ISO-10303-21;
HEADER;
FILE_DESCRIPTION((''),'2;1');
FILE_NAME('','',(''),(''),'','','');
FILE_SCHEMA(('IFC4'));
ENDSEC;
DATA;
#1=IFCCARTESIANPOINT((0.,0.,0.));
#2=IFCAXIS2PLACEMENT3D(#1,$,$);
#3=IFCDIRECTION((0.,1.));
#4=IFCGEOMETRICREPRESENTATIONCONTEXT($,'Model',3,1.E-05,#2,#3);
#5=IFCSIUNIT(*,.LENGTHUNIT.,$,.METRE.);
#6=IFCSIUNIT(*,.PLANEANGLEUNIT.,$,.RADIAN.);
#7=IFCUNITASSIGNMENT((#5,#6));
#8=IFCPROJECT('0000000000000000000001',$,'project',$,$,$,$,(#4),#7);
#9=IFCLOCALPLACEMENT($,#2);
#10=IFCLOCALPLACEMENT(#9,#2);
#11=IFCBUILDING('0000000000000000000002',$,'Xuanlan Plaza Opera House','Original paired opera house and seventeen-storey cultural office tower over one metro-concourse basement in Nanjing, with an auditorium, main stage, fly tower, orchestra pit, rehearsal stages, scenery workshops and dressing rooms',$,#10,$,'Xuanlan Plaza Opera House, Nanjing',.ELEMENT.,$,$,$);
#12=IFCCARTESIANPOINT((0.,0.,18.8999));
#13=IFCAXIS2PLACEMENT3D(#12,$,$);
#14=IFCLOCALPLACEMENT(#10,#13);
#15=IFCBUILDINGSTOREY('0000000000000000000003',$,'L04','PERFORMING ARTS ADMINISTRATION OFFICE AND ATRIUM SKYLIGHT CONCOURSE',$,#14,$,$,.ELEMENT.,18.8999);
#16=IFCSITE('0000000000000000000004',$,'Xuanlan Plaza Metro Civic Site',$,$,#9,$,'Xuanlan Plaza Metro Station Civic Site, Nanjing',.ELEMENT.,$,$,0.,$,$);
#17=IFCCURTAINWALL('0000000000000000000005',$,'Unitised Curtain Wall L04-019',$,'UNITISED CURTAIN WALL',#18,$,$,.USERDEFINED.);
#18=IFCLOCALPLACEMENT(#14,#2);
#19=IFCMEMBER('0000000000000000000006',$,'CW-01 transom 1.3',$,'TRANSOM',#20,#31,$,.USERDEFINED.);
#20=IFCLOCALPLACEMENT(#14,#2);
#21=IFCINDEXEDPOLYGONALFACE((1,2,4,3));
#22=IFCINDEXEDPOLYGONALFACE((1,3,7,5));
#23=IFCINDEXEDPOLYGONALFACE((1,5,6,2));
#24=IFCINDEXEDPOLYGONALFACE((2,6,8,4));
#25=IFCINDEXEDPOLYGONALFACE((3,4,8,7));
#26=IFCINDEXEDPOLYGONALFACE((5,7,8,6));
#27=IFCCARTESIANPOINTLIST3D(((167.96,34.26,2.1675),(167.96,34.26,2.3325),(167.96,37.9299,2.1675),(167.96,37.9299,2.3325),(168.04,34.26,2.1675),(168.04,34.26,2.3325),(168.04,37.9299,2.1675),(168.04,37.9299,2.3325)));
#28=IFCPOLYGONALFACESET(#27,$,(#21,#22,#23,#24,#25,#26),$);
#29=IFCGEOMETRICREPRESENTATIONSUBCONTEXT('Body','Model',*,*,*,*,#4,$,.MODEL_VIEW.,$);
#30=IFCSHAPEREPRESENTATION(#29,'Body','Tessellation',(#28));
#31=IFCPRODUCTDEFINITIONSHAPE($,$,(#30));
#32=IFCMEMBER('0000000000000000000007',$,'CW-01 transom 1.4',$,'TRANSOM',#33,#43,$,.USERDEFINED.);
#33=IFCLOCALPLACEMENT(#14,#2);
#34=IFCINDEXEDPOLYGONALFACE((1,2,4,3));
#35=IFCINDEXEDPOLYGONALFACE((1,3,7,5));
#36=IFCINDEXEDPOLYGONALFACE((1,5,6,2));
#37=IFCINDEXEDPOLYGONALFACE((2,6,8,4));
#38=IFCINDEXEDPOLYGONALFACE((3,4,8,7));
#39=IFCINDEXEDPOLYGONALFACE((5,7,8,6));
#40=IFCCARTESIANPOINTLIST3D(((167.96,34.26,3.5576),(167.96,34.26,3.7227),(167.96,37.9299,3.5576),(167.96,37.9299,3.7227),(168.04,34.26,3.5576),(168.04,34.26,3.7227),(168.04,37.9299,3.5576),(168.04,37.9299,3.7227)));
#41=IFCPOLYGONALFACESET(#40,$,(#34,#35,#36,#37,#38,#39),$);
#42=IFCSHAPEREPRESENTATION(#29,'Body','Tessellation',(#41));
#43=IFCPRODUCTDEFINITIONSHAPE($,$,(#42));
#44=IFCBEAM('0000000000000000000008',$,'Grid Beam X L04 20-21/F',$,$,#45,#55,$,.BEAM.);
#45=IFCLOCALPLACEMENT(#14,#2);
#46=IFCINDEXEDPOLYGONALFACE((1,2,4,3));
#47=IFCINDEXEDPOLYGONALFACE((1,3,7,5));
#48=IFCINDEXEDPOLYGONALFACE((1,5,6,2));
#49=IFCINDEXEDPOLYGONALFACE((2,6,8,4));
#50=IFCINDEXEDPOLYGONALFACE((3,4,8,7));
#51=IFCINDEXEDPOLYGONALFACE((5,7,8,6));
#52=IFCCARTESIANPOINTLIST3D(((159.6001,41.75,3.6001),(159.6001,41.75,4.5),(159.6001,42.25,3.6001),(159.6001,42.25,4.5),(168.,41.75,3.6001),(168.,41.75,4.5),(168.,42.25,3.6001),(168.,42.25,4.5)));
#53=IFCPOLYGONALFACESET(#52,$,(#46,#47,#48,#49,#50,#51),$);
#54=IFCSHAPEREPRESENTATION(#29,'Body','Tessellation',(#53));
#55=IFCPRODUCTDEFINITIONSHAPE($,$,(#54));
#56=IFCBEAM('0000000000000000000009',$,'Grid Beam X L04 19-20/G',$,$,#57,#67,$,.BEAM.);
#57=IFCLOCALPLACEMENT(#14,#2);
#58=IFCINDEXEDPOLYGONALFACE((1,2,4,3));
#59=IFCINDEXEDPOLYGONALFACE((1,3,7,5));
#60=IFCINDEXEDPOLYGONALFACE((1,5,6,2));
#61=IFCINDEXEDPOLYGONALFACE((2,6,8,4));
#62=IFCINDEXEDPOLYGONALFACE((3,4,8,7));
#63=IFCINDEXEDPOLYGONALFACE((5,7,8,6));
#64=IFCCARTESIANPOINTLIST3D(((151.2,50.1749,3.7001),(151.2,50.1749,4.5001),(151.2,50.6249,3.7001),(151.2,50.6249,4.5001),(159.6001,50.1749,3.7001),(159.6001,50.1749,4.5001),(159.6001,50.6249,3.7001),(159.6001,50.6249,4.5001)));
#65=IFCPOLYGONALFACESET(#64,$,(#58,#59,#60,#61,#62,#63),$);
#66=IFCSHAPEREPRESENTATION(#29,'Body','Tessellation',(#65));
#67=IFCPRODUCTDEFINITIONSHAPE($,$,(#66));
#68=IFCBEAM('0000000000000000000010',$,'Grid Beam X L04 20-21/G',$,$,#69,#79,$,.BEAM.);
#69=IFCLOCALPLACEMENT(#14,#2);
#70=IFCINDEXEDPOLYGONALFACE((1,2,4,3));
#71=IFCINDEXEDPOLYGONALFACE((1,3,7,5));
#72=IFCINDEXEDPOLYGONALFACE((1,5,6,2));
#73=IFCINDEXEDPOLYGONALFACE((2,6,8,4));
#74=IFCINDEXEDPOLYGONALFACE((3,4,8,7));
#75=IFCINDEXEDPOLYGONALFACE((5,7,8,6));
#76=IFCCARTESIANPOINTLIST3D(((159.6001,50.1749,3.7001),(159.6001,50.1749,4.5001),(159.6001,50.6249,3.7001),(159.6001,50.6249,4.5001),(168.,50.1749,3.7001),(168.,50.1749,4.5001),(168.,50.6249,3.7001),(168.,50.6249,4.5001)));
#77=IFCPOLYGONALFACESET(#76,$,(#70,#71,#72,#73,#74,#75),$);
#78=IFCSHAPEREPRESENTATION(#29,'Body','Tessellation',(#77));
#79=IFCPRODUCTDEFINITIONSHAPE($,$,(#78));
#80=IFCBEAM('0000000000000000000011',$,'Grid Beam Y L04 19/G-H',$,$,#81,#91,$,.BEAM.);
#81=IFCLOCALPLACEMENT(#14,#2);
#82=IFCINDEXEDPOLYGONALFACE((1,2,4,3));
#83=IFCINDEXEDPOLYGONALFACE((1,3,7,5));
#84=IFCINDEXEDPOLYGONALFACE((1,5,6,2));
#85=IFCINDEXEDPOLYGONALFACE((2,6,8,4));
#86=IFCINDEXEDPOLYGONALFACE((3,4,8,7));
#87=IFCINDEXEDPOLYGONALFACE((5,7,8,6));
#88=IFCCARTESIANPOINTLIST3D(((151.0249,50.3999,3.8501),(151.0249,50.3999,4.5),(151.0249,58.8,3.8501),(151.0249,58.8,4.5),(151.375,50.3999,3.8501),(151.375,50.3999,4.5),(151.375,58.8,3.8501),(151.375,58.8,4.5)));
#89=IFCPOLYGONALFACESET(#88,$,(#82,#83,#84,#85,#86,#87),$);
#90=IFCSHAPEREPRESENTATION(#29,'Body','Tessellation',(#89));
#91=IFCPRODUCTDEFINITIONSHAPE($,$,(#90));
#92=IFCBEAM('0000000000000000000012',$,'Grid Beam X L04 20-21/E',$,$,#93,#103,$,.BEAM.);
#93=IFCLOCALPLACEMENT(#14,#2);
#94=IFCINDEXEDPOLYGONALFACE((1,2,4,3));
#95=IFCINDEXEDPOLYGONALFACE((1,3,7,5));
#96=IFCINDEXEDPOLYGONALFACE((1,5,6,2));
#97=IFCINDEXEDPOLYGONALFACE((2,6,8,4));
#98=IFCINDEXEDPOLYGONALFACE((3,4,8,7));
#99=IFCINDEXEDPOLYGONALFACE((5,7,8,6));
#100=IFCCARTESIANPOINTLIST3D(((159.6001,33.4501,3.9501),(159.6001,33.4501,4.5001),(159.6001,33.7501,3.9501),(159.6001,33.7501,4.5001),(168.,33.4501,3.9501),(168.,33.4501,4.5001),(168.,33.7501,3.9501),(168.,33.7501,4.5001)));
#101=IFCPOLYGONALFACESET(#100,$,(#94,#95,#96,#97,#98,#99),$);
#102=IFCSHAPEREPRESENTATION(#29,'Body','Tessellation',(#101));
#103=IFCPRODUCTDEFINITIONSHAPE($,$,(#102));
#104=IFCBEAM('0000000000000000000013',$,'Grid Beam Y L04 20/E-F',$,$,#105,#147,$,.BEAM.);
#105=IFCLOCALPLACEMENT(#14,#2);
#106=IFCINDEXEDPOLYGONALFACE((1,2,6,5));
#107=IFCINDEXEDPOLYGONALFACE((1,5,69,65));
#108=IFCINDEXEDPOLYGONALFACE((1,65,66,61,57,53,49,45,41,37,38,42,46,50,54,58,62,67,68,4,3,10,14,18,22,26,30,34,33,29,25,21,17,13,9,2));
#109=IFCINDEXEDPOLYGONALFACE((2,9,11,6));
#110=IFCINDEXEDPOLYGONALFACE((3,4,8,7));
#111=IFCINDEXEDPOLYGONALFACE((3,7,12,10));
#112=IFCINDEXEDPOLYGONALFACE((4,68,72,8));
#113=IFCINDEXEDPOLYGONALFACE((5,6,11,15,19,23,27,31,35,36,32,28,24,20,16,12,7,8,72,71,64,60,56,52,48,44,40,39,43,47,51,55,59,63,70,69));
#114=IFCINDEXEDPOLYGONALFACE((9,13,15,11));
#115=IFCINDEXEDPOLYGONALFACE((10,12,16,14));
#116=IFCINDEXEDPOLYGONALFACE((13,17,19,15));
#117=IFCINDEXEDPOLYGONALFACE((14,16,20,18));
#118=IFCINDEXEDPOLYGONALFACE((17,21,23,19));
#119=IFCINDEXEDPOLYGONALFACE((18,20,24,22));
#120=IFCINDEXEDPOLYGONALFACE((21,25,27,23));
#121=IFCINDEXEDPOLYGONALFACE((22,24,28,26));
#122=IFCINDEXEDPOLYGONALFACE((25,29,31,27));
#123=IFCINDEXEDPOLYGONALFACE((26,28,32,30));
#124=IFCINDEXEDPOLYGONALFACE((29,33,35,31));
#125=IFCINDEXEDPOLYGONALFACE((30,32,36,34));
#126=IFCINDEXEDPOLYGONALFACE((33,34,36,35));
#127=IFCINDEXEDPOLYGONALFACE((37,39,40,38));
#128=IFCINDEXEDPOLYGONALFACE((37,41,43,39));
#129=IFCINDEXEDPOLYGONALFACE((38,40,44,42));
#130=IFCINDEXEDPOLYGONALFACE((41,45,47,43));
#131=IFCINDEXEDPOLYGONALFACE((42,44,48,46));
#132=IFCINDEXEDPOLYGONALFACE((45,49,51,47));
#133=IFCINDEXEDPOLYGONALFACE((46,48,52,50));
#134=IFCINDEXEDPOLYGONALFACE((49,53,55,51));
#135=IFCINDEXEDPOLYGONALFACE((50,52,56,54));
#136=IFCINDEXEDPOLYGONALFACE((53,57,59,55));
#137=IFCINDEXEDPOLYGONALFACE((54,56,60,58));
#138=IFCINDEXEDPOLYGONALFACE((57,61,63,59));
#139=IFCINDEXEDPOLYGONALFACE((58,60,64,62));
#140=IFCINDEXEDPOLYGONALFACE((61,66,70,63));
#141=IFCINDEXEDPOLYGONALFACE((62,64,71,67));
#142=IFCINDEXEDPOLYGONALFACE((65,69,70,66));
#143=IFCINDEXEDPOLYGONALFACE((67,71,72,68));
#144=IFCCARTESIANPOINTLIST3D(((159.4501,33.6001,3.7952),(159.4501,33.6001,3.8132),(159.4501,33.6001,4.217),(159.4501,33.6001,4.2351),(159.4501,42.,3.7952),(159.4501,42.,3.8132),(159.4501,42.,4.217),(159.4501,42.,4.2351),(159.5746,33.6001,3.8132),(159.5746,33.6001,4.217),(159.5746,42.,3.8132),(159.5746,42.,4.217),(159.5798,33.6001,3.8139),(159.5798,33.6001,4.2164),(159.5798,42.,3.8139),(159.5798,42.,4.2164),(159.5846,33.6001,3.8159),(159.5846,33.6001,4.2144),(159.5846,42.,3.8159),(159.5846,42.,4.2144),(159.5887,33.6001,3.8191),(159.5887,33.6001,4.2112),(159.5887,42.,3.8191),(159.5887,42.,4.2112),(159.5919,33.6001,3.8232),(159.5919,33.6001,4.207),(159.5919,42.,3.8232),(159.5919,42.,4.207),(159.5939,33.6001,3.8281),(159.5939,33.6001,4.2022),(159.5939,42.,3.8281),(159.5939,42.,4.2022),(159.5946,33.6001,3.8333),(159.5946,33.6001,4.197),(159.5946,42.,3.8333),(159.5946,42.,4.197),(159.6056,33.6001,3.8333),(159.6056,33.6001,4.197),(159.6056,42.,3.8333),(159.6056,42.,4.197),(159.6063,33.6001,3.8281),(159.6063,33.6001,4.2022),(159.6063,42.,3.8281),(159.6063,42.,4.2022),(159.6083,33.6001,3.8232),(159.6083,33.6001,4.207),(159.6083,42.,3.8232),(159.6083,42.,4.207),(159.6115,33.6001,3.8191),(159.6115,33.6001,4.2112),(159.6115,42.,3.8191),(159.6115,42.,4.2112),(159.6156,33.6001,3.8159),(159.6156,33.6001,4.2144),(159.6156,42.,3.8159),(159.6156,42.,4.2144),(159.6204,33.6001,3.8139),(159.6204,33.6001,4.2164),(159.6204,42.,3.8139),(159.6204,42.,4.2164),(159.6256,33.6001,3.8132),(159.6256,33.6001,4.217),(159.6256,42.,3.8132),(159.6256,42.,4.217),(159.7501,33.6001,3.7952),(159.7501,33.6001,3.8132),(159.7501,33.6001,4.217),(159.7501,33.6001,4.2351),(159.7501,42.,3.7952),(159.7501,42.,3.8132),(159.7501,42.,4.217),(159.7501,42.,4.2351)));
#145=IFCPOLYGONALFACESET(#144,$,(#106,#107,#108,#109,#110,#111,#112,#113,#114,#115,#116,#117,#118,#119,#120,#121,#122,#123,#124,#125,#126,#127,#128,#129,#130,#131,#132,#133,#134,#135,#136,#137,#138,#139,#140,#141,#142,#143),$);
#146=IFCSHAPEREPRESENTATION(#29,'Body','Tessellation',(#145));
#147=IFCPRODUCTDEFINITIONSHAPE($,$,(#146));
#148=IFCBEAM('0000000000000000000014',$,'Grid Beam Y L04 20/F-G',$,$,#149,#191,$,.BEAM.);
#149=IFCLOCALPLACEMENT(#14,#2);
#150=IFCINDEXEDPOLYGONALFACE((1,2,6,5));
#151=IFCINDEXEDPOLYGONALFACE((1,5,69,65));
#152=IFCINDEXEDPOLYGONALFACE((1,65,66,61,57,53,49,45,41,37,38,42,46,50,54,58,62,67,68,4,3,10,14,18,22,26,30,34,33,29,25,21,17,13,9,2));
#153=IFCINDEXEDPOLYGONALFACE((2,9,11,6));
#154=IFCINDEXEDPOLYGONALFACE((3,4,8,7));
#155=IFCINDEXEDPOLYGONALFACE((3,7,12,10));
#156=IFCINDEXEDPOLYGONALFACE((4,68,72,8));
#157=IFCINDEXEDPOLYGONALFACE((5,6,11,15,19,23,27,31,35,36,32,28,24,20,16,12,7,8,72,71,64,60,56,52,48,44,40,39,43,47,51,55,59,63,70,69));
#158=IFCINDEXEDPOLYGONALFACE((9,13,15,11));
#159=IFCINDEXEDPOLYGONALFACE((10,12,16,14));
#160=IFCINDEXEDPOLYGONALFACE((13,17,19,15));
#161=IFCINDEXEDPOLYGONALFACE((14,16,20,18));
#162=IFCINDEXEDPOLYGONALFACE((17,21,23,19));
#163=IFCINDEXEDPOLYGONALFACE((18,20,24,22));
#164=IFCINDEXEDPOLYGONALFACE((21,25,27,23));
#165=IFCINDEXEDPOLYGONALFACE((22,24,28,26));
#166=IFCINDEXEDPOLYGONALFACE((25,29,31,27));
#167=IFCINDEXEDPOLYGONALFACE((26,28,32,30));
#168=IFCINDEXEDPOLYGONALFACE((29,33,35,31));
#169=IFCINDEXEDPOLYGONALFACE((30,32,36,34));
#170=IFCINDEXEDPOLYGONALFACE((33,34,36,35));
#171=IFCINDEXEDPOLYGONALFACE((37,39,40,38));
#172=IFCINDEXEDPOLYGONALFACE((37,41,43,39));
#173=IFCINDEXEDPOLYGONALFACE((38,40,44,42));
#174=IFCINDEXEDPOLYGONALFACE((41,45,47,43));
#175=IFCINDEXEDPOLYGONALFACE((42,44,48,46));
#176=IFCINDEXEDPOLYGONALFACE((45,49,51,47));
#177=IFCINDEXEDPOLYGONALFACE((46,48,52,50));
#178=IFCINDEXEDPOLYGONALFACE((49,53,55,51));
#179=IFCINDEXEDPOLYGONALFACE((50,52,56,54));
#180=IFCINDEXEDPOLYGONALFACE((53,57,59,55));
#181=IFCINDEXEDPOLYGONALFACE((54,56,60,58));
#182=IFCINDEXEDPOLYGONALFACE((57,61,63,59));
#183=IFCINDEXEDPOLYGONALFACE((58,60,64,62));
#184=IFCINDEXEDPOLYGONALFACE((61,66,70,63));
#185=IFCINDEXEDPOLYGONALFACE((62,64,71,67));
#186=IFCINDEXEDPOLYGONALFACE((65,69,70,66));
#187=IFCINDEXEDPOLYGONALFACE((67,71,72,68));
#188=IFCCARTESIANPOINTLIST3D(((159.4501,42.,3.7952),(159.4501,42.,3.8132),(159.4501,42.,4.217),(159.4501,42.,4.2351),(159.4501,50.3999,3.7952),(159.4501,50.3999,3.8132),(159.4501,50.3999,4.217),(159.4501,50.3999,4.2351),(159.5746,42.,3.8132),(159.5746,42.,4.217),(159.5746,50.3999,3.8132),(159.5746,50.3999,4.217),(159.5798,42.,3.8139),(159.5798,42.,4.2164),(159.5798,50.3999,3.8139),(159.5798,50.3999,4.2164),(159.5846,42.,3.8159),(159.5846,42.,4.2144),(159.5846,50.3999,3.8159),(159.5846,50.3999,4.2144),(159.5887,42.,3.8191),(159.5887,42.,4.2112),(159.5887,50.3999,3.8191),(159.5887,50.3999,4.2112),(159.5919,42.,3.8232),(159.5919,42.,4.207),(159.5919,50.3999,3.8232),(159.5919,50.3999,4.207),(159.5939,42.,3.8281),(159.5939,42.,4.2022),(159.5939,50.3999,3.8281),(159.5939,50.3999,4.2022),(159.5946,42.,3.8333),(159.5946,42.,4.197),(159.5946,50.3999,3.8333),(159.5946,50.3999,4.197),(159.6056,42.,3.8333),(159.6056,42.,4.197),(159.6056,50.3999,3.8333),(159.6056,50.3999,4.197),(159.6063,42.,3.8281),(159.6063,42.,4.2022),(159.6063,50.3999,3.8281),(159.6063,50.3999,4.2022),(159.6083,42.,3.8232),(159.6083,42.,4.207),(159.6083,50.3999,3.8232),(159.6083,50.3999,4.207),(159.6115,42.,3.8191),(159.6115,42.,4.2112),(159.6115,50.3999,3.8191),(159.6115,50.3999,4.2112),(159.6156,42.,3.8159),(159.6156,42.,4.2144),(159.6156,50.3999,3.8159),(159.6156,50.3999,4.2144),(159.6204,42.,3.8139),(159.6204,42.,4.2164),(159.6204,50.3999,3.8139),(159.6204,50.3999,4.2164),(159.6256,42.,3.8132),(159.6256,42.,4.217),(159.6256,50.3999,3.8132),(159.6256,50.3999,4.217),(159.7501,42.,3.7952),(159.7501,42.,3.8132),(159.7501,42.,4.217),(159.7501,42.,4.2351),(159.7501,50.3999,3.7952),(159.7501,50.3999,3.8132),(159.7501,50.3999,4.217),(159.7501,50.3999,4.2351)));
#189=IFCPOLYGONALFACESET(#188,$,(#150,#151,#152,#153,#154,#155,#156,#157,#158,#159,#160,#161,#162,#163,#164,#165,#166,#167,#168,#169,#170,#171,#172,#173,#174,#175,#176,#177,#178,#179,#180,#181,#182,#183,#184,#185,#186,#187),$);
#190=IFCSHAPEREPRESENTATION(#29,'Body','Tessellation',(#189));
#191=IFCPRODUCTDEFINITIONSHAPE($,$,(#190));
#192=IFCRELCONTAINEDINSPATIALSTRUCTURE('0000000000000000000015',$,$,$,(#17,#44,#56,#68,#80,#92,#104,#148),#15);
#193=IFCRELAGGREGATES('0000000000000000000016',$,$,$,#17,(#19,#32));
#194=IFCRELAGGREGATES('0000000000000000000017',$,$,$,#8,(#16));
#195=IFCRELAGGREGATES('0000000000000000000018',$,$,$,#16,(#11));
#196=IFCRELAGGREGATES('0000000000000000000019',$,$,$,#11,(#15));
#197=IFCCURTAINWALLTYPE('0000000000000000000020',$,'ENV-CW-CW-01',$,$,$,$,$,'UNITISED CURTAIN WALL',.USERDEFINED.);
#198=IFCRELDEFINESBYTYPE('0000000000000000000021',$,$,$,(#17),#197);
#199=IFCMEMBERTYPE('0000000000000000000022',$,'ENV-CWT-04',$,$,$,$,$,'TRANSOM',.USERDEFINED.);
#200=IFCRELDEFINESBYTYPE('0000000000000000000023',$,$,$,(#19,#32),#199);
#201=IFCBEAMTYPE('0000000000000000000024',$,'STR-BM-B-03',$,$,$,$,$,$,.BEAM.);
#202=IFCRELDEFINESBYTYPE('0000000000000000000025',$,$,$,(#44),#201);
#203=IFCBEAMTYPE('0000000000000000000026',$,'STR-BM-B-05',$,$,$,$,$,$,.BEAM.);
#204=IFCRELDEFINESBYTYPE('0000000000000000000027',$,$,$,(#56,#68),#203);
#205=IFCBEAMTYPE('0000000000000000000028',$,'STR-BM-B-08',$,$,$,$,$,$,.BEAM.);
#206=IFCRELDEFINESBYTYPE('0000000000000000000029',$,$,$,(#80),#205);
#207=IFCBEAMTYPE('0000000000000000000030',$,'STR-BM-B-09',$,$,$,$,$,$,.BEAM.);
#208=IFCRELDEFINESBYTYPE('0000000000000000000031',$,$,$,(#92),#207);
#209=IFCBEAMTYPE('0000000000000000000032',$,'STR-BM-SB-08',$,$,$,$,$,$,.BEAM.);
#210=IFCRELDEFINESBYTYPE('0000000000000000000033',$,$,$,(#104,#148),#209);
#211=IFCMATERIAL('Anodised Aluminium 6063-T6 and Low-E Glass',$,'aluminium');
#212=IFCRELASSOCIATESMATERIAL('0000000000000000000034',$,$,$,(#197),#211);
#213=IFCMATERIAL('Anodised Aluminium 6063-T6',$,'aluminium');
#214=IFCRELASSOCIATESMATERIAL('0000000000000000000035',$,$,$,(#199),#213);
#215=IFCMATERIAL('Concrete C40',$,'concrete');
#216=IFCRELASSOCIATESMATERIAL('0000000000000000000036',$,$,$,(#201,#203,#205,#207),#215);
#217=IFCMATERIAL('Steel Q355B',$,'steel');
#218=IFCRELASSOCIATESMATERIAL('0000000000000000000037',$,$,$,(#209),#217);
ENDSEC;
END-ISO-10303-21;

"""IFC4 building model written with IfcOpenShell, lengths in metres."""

from ifc_helpers import new_model, si_unit, direction, frame, origin, origin_2d, place, context, subcontext, project, spatial, rectangle, i_section, extrude, material, material_profile, profile_set, type_object, element, aggregate, save


model = new_model("IFC4")

# Units and contexts
model_context = context("Model", 3, precision=1e-05, world=origin(), true_north=direction((0.0, 1.0)))
body_context = subcontext(model_context, "Body", "Model", "MODEL_VIEW")
ifc_project = project(units=[si_unit("LENGTHUNIT", "METRE"), si_unit("PLANEANGLEUNIT", "RADIAN")], contexts=[model_context])

# Site, building, storey
site_placement = place(None, origin())
site = spatial("IfcSite", under=ifc_project, at=site_placement, Name="Xuanlan Plaza Metro Civic Site", LongName="Xuanlan Plaza Metro Station Civic Site, Nanjing", CompositionType="ELEMENT", RefElevation=0.0)
building_placement = place(site_placement, origin())
building = spatial("IfcBuilding", under=site, at=building_placement, Name="Xuanlan Plaza Opera House", Description="Original paired opera house and seventeen-storey cultural office tower over one metro-concourse basement in Nanjing, with an auditorium, main stage, fly tower, orchestra pit, rehearsal stages, scenery workshops and dressing rooms", LongName="Xuanlan Plaza Opera House, Nanjing", CompositionType="ELEMENT")
storey_placement = place(building_placement, frame((0.0, 0.0, 18.8999)))
storey = spatial("IfcBuildingStorey", under=building, at=storey_placement, Name="L04", Description="PERFORMING ARTS ADMINISTRATION OFFICE AND ATRIUM SKYLIGHT CONCOURSE", CompositionType="ELEMENT", Elevation=18.8999)

# Shared definitions
ifc_material_1 = material(Name="Steel Q355B", Category="steel")

# Shared definitions
ifc_material_2 = material(Name="Anodised Aluminium 6063-T6 and Low-E Glass", Category="aluminium")
ifc_material_3 = material(Name="Anodised Aluminium 6063-T6", Category="aluminium")

# Curtain wall, members
curtain_wall_type_1 = type_object("IfcCurtainWallType", Name="ENV-CW-CW-01", ElementType="UNITISED CURTAIN WALL", PredefinedType="USERDEFINED", material=ifc_material_2)
curtain_wall_1_placement = place(storey_placement, origin())
curtain_wall_1 = element("IfcCurtainWall", 1, at=curtain_wall_1_placement, inside=storey, type_object=curtain_wall_type_1, Name="Unitised Curtain Wall L04-019", ObjectType="UNITISED CURTAIN WALL", PredefinedType="USERDEFINED")
ifc_material_profile_1 = material_profile(ifc_material_3, rectangle(XDim=0.0801, YDim=0.165, at=origin_2d()), Name="ALU-T 80x165")
ifc_profile_set_1 = profile_set([ifc_material_profile_1], Name="Anodised Aluminium 6063-T6")
member_type_1 = type_object("IfcMemberType", Name="ENV-CWT-04", ElementType="TRANSOM", PredefinedType="USERDEFINED", material=ifc_profile_set_1)
member_1_placement = place(storey_placement, frame((168.0, 34.26, 2.25), z_axis=(0.0, 1.0, 0.0), x_axis=(-1.0, 0.0, 0.0)))
member_1 = element("IfcMember", 2, at=member_1_placement, type_object=member_type_1, Name="CW-01 transom 1.3", ObjectType="TRANSOM", PredefinedType="USERDEFINED", context=body_context, shape_type="SweptSolid", body=[
    extrude(rectangle(XDim=0.0801, YDim=0.165, at=origin_2d()), origin(), (0.0, 0.0, 1.0), 3.6699),
])
member_2_placement = place(storey_placement, frame((168.0, 34.26, 3.6401), z_axis=(0.0, 1.0, 0.0), x_axis=(-1.0, 0.0, 0.0)))
member_2 = element("IfcMember", 3, at=member_2_placement, type_object=member_type_1, Name="CW-01 transom 1.4", ObjectType="TRANSOM", PredefinedType="USERDEFINED", context=body_context, shape_type="SweptSolid", body=[
    extrude(rectangle(XDim=0.0801, YDim=0.165, at=origin_2d()), origin(), (0.0, 0.0, 1.0), 3.6699),
])
aggregate(curtain_wall_1, [member_1, member_2])

# Beams
ifc_material_4 = material(Name="Concrete C40", Category="concrete")
ifc_material_profile_2 = material_profile(ifc_material_4, rectangle(XDim=0.5, YDim=0.8999, at=origin_2d()), Name="RC-BM 500x900")
ifc_profile_set_2 = profile_set([ifc_material_profile_2], Name="Concrete C40")
beam_type_1 = type_object("IfcBeamType", Name="STR-BM-B-03", PredefinedType="BEAM", material=ifc_profile_set_2)
beam_1_placement = place(storey_placement, frame((159.6001, 42.0, 4.05), z_axis=(1.0, 0.0, 0.0), x_axis=(0.0, 1.0, 0.0)))
element("IfcBeam", 4, at=beam_1_placement, inside=storey, type_object=beam_type_1, Name="Grid Beam X L04 20-21/F", PredefinedType="BEAM", context=body_context, shape_type="SweptSolid", body=[
    extrude(rectangle(XDim=0.5, YDim=0.8999, at=origin_2d()), origin(), (0.0, 0.0, 1.0), 8.3999),
])
ifc_material_profile_3 = material_profile(ifc_material_4, rectangle(XDim=0.45, YDim=0.8, at=origin_2d()), Name="RC-BM 450x800")
ifc_profile_set_3 = profile_set([ifc_material_profile_3], Name="Concrete C40")
beam_type_2 = type_object("IfcBeamType", Name="STR-BM-B-05", PredefinedType="BEAM", material=ifc_profile_set_3)
beam_2_placement = place(storey_placement, frame((151.2, 50.3999, 4.1001), z_axis=(1.0, 0.0, 0.0), x_axis=(0.0, 1.0, 0.0)))
element("IfcBeam", 5, at=beam_2_placement, inside=storey, type_object=beam_type_2, Name="Grid Beam X L04 19-20/G", PredefinedType="BEAM", context=body_context, shape_type="SweptSolid", body=[
    extrude(rectangle(XDim=0.45, YDim=0.8, at=origin_2d()), origin(), (0.0, 0.0, 1.0), 8.4001),
])
beam_3_placement = place(storey_placement, frame((159.6001, 50.3999, 4.1001), z_axis=(1.0, 0.0, 0.0), x_axis=(0.0, 1.0, 0.0)))
element("IfcBeam", 6, at=beam_3_placement, inside=storey, type_object=beam_type_2, Name="Grid Beam X L04 20-21/G", PredefinedType="BEAM", context=body_context, shape_type="SweptSolid", body=[
    extrude(rectangle(XDim=0.45, YDim=0.8, at=origin_2d()), origin(), (0.0, 0.0, 1.0), 8.3999),
])
ifc_material_profile_4 = material_profile(ifc_material_4, rectangle(XDim=0.3501, YDim=0.6499, at=origin_2d()), Name="RC-BM 350x650")
ifc_profile_set_4 = profile_set([ifc_material_profile_4], Name="Concrete C40")
beam_type_3 = type_object("IfcBeamType", Name="STR-BM-B-08", PredefinedType="BEAM", material=ifc_profile_set_4)
beam_4_placement = place(storey_placement, frame((151.2, 50.3999, 4.175), z_axis=(0.0, 1.0, 0.0), x_axis=(-1.0, 0.0, 0.0)))
element("IfcBeam", 7, at=beam_4_placement, inside=storey, type_object=beam_type_3, Name="Grid Beam Y L04 19/G-H", PredefinedType="BEAM", context=body_context, shape_type="SweptSolid", body=[
    extrude(rectangle(XDim=0.3501, YDim=0.6499, at=origin_2d()), origin(), (0.0, 0.0, 1.0), 8.4001),
])
ifc_material_profile_5 = material_profile(ifc_material_4, rectangle(XDim=0.3, YDim=0.55, at=origin_2d()), Name="RC-BM 300x550")
ifc_profile_set_5 = profile_set([ifc_material_profile_5], Name="Concrete C40")
beam_type_4 = type_object("IfcBeamType", Name="STR-BM-B-09", PredefinedType="BEAM", material=ifc_profile_set_5)
beam_5_placement = place(storey_placement, frame((159.6001, 33.6001, 4.2251), z_axis=(1.0, 0.0, 0.0), x_axis=(0.0, 1.0, 0.0)))
element("IfcBeam", 8, at=beam_5_placement, inside=storey, type_object=beam_type_4, Name="Grid Beam X L04 20-21/E", PredefinedType="BEAM", context=body_context, shape_type="SweptSolid", body=[
    extrude(rectangle(XDim=0.3, YDim=0.55, at=origin_2d()), origin(), (0.0, 0.0, 1.0), 8.3999),
])
ifc_material_profile_6 = material_profile(ifc_material_1, i_section(OverallWidth=0.3, OverallDepth=0.4399, WebThickness=0.011, FlangeThickness=0.0181, FilletRadius=0.02, at=origin_2d()), Name="HM 440x300x11x18")
ifc_profile_set_6 = profile_set([ifc_material_profile_6], Name="Steel Q355B")
beam_type_5 = type_object("IfcBeamType", Name="STR-BM-SB-08", PredefinedType="BEAM", material=ifc_profile_set_6)
for number, where, z_axis, x_axis, name in (
    (9, (159.6001, 33.6001, 4.0151), (0.0, 1.0, 0.0), (-1.0, 0.0, 0.0), "Grid Beam Y L04 20/E-F"),
    (10, (159.6001, 42.0, 4.0151), (0.0, 1.0, 0.0), (-1.0, 0.0, 0.0), "Grid Beam Y L04 20/F-G"),
):
    element("IfcBeam", number, at=place(storey_placement, frame(where, z_axis=z_axis, x_axis=x_axis)), inside=storey, type_object=beam_type_5, Name=name, PredefinedType="BEAM", context=body_context, shape_type="SweptSolid", body=[
        extrude(i_section(OverallWidth=0.3, OverallDepth=0.4399, WebThickness=0.011, FlangeThickness=0.0181, FilletRadius=0.02, at=origin_2d()), origin(), (0.0, 0.0, 1.0), 8.3999),
    ])

save(model, "model.ifc")
